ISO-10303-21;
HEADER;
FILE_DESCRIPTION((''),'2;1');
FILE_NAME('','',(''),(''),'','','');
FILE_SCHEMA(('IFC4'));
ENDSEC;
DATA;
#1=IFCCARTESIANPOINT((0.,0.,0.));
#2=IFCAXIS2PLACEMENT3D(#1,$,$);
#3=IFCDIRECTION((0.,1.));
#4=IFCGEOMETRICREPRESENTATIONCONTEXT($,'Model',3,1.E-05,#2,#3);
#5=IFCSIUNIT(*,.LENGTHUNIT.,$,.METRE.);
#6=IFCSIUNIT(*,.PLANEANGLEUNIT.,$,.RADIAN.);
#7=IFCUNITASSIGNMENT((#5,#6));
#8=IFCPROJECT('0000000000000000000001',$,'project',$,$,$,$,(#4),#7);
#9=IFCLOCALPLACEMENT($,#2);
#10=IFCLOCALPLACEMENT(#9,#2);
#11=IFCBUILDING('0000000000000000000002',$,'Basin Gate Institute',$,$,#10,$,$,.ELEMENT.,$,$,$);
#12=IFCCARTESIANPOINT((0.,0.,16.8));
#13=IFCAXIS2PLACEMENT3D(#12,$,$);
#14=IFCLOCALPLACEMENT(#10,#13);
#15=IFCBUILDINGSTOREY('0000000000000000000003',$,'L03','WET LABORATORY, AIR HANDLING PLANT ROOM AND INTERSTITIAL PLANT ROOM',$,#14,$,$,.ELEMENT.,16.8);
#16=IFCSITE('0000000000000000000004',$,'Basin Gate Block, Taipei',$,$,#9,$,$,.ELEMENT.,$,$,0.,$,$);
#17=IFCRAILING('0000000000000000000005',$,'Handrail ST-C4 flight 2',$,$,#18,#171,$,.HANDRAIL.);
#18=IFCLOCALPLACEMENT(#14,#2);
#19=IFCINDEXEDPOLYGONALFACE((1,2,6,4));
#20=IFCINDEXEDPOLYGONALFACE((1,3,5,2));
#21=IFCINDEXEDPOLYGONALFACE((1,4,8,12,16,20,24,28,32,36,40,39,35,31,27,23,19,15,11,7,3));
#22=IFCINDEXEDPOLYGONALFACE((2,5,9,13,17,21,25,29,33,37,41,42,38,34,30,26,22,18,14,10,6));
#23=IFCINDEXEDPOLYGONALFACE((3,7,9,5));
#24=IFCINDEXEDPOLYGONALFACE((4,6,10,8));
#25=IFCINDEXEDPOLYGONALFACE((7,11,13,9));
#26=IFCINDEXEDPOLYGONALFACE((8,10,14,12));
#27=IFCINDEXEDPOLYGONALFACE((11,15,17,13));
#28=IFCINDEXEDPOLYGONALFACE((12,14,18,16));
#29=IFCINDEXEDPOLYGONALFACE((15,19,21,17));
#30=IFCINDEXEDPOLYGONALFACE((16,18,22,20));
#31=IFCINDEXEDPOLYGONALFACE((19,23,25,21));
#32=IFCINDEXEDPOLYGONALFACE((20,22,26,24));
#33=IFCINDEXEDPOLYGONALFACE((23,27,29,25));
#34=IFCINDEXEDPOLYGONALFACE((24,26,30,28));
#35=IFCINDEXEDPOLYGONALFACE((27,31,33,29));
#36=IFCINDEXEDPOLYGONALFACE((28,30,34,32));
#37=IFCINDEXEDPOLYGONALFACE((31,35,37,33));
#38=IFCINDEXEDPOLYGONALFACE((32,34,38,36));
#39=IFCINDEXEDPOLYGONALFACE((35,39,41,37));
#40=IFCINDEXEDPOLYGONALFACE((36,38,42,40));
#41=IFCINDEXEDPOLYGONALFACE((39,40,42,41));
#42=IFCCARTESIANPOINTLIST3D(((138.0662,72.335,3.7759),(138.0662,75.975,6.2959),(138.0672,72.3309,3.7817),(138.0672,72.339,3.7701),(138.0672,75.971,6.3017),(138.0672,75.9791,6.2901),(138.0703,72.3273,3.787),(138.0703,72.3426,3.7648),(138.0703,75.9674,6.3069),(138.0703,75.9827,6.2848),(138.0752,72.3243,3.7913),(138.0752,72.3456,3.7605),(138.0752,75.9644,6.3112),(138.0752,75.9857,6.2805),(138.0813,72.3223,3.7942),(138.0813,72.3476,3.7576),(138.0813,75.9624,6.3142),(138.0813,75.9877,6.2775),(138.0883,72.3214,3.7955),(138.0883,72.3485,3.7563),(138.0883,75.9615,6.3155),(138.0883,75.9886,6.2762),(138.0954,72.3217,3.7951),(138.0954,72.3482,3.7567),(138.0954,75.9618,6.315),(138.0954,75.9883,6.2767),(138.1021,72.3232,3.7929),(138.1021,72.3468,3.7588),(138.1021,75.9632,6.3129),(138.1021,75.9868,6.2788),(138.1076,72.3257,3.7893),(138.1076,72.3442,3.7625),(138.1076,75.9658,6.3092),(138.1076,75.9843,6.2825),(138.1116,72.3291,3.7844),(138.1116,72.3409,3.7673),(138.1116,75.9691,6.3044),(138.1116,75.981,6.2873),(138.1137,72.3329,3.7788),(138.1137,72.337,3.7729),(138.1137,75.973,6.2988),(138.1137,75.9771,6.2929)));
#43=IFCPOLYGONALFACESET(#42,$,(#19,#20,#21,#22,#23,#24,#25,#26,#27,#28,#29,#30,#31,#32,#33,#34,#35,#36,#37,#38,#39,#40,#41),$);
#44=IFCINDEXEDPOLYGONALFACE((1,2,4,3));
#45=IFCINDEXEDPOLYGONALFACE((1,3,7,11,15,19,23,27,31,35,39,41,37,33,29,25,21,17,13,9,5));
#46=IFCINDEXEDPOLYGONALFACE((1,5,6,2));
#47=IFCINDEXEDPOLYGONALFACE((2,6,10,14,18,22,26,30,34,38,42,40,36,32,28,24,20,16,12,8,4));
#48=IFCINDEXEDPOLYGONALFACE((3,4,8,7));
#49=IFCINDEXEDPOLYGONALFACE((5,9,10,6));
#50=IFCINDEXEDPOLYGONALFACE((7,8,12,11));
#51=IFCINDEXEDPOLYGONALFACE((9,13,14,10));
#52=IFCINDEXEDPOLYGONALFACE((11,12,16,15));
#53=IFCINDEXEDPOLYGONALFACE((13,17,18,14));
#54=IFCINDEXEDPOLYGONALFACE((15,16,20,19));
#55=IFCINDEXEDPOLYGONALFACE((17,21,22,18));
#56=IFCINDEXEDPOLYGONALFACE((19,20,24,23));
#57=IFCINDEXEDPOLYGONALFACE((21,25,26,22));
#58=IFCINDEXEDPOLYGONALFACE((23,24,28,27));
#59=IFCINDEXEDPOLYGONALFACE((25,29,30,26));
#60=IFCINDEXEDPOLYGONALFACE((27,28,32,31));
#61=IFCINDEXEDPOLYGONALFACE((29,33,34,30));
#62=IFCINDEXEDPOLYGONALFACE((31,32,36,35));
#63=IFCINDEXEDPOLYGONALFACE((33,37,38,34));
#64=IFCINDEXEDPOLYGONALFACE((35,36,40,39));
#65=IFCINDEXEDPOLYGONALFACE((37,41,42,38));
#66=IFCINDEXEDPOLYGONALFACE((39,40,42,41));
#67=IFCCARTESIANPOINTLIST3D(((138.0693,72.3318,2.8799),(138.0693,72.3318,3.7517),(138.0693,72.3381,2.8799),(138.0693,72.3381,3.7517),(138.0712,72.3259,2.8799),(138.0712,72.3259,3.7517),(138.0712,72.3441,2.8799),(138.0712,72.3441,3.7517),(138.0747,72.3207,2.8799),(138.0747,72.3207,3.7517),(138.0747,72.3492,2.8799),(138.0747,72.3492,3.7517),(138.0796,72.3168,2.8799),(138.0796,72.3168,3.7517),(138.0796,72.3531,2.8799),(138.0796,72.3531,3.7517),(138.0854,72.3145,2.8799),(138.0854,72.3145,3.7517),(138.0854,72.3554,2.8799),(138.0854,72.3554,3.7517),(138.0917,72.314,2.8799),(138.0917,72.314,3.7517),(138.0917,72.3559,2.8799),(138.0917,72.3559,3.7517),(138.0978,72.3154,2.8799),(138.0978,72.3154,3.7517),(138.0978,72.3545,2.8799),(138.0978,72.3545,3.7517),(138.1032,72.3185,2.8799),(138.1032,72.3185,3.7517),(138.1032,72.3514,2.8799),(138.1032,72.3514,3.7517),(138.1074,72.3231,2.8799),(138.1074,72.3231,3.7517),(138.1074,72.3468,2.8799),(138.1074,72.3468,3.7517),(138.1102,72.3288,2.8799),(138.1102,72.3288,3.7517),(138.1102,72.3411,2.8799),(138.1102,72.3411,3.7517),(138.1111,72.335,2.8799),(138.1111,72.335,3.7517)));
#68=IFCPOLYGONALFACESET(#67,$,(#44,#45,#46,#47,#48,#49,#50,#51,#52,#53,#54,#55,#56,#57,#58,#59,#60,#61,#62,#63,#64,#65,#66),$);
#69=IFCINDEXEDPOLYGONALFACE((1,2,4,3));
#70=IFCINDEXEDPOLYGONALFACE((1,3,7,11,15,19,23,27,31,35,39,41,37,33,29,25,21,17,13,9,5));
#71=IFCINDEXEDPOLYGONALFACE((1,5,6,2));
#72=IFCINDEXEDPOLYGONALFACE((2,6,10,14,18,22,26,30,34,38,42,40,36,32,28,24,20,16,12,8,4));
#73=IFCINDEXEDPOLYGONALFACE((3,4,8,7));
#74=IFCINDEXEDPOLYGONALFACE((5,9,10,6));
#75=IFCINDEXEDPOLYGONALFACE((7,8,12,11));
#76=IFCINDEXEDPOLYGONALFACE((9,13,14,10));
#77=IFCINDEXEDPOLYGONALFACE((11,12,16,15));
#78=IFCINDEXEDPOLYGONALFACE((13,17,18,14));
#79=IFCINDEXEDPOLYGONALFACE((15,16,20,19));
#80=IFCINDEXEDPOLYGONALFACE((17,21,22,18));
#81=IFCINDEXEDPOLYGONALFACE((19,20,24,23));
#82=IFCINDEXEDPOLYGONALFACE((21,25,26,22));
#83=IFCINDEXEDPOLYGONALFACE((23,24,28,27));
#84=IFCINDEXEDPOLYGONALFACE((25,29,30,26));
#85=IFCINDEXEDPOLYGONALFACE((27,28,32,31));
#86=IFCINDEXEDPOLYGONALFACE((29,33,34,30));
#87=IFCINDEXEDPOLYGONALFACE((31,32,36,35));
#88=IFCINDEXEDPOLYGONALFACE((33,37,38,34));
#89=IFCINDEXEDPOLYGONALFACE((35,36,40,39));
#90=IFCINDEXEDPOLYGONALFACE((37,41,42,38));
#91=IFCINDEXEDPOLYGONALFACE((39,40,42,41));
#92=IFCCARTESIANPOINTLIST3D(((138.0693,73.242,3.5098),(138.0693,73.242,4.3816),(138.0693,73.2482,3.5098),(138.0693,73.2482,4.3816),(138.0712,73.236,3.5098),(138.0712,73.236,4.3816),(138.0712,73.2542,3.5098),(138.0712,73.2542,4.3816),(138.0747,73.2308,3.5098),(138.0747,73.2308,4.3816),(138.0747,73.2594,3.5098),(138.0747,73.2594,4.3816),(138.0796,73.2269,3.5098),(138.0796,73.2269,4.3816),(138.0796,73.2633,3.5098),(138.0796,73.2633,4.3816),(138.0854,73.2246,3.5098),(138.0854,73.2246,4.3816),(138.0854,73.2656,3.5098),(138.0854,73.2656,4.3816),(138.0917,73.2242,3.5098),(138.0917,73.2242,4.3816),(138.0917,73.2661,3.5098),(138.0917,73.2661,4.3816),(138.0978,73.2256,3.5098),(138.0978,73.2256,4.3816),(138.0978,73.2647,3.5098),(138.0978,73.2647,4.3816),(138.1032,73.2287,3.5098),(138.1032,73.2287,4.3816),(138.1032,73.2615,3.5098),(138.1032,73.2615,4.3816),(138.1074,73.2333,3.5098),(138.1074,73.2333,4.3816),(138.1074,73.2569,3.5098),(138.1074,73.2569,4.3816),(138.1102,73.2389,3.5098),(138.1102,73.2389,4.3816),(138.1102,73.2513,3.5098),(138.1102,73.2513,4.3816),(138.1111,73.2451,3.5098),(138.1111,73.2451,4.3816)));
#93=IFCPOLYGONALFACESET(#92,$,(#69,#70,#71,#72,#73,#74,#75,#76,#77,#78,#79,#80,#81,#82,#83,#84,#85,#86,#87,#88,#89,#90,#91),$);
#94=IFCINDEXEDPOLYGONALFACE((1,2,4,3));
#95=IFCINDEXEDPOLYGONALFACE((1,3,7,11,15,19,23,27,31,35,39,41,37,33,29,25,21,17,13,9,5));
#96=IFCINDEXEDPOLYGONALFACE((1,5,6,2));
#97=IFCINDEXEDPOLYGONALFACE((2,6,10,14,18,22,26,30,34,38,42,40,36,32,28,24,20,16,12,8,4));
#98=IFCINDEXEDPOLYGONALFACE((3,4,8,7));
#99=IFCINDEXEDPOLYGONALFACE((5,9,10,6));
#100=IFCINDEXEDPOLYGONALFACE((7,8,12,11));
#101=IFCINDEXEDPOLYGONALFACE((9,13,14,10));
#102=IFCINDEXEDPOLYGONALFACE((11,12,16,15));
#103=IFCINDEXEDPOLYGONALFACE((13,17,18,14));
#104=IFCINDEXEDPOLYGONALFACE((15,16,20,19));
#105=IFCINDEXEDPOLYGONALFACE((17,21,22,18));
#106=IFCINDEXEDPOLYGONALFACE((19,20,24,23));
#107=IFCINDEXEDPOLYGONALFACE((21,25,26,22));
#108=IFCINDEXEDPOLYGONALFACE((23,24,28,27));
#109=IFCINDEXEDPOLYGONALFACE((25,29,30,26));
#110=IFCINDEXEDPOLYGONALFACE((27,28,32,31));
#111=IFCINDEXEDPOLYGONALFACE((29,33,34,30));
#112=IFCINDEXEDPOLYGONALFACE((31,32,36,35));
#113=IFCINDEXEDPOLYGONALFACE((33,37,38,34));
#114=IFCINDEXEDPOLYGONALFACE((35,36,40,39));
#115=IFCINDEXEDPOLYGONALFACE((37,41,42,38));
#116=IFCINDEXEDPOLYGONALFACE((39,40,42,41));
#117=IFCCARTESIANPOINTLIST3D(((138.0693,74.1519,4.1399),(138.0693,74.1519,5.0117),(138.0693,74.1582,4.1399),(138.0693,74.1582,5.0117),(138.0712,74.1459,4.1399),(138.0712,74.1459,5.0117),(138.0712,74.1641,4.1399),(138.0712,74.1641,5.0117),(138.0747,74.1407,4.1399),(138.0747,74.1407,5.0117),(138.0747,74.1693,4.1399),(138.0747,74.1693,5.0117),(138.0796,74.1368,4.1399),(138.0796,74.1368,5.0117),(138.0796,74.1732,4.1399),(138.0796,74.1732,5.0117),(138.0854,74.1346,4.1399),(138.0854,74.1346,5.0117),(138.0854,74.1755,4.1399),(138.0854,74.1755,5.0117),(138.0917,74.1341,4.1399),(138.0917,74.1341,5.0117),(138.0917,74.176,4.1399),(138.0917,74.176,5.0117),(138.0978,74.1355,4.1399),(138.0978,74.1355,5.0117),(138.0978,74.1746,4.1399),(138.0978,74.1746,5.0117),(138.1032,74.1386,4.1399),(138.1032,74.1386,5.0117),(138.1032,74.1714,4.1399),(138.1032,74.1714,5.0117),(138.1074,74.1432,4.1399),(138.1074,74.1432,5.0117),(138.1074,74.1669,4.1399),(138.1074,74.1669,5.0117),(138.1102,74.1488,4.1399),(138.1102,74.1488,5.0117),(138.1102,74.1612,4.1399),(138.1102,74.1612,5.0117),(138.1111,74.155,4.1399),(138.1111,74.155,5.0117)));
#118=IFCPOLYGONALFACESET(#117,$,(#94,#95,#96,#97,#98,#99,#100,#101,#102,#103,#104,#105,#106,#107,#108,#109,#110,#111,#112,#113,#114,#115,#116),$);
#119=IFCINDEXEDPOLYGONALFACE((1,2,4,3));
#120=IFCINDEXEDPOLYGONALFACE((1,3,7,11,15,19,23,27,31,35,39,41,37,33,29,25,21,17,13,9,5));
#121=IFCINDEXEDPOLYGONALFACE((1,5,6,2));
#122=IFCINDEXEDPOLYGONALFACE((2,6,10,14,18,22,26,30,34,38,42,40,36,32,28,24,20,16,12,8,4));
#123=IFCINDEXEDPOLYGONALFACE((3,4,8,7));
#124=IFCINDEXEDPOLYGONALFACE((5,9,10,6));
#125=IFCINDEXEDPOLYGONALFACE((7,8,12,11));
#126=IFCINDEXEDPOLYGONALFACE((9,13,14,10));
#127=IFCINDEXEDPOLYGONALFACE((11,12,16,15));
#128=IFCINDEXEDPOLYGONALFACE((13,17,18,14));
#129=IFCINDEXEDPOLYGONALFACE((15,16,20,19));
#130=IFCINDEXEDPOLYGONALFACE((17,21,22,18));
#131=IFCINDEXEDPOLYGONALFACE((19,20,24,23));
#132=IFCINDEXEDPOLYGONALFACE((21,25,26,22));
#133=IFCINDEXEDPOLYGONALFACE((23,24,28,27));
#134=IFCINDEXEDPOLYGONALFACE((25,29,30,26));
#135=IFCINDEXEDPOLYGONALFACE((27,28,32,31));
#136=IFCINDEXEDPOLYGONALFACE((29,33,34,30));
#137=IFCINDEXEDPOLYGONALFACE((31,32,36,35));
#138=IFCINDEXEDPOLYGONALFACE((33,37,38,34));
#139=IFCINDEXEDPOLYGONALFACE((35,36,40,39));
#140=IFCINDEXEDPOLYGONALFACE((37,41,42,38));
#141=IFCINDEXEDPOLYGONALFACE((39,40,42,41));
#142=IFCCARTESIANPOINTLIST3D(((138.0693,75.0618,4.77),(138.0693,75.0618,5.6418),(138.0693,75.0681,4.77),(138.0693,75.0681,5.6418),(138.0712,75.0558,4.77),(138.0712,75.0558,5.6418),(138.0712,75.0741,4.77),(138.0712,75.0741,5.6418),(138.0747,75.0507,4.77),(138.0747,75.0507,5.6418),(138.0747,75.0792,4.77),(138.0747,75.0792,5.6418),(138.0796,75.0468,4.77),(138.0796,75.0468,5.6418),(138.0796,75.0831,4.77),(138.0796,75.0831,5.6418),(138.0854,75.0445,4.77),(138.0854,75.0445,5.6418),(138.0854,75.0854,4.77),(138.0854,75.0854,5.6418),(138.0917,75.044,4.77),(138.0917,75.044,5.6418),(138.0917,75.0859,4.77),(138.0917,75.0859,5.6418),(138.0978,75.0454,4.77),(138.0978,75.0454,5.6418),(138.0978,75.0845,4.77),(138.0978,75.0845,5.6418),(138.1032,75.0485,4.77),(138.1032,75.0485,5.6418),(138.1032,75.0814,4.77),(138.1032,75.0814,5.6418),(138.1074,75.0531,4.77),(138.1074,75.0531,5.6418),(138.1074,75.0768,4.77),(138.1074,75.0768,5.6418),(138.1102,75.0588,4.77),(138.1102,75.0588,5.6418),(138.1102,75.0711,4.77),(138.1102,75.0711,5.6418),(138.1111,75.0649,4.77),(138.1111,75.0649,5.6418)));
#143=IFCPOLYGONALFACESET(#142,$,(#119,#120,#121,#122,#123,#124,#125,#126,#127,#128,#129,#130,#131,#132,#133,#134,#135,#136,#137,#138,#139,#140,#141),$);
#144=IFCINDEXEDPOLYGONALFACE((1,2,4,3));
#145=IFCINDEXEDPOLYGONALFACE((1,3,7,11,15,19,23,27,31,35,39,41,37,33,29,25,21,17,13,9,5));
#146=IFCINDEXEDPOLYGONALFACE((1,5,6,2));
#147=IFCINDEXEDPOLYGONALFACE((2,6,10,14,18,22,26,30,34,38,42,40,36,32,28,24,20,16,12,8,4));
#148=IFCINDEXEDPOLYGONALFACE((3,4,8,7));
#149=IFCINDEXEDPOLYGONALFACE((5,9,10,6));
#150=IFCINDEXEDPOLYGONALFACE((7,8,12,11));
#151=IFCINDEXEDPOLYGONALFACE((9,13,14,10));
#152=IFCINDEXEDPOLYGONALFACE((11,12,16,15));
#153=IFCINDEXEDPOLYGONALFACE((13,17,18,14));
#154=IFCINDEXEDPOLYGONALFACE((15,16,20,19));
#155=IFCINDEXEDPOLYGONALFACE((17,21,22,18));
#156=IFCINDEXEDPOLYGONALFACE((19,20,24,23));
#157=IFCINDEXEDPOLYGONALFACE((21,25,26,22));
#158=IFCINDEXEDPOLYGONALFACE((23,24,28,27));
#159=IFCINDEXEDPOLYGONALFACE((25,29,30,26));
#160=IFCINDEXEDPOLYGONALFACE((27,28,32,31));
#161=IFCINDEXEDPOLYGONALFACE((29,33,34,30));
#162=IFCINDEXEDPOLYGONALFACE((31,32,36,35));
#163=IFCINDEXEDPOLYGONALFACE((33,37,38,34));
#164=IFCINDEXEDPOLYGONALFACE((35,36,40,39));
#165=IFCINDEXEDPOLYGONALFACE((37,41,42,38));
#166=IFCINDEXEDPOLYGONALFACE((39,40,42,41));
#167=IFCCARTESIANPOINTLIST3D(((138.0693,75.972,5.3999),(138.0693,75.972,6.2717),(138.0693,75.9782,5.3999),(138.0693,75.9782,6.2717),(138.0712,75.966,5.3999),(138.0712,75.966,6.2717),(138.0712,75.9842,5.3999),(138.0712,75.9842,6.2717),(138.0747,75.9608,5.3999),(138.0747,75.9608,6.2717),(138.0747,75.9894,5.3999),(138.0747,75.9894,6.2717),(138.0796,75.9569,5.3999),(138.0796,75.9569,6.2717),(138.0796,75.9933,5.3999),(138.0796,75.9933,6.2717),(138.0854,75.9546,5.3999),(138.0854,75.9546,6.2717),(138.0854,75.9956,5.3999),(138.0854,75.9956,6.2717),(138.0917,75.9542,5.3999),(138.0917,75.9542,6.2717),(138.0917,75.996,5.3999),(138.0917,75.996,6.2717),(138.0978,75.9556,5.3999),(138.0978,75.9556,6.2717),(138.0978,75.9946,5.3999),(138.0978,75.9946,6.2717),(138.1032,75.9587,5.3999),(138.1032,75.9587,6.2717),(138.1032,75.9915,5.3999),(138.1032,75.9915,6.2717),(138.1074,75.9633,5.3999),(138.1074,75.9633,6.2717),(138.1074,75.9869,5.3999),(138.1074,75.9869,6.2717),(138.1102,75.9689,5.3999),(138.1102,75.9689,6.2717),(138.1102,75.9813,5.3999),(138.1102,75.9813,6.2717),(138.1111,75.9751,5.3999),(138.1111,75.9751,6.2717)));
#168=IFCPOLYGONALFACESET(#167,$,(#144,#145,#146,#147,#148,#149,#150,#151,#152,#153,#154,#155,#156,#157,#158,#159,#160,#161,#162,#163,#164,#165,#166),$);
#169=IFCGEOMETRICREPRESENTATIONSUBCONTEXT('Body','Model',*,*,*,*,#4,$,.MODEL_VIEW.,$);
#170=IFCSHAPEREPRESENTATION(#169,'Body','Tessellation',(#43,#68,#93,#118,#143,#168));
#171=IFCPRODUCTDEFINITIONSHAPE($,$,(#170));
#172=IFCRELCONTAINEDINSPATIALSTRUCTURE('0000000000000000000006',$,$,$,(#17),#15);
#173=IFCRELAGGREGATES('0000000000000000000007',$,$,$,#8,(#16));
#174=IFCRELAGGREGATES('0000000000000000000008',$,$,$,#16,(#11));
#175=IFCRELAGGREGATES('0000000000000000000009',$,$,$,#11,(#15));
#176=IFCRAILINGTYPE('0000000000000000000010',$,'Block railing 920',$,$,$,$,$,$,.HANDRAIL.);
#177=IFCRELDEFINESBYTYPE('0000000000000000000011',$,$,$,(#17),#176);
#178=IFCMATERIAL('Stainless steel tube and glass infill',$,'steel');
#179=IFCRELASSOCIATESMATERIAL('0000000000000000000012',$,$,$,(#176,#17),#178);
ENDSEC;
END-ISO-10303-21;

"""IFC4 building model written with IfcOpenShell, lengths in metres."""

from ifc_helpers import new_model, si_unit, direction, frame, origin, origin_2d, place, context, subcontext, project, spatial, circle, extrude, material, type_object, element, save


model = new_model("IFC4")

# Units and contexts
model_context = context("Model", 3, precision=1e-05, world=origin(), true_north=direction((0.0, 1.0)))
body_context = subcontext(model_context, "Body", "Model", "MODEL_VIEW")
ifc_project = project(units=[si_unit("LENGTHUNIT", "METRE"), si_unit("PLANEANGLEUNIT", "RADIAN")], contexts=[model_context])

# Site, building, storey
site_placement = place(None, origin())
site = spatial("IfcSite", under=ifc_project, at=site_placement, Name="Basin Gate Block, Taipei", CompositionType="ELEMENT", RefElevation=0.0)
building_placement = place(site_placement, origin())
building = spatial("IfcBuilding", under=site, at=building_placement, Name="Basin Gate Institute", CompositionType="ELEMENT")
storey_placement = place(building_placement, frame((0.0, 0.0, 16.8)))
storey = spatial("IfcBuildingStorey", under=building, at=storey_placement, Name="L03", Description="WET LABORATORY, AIR HANDLING PLANT ROOM AND INTERSTITIAL PLANT ROOM", CompositionType="ELEMENT", Elevation=16.8)

# Railing
ifc_material_1 = material(Name="Stainless steel tube and glass infill", Category="steel")
railing_type = type_object("IfcRailingType", Name="Block railing 920", PredefinedType="HANDRAIL", material=ifc_material_1)
for number, where, name in (
    (1, (138.0901, 72.335, 2.8799), "Handrail ST-C4 flight 2"),
):
    element("IfcRailing", number, at=place(storey_placement, frame(where)), inside=storey, type_object=railing_type, material=ifc_material_1, Name=name, PredefinedType="HANDRAIL", context=body_context, shape_type="SweptSolid", body=[
        extrude(circle(Radius=0.0239, at=origin_2d()), frame((0.0, 0.0, 0.896), z_axis=(0.0, 0.8222, 0.569199), x_axis=(-1.0, 0.0, 0.0)), (0.0, 0.0, 1.0), 4.4272),
        extrude(circle(Radius=0.021, at=origin_2d()), origin(), (0.0, 0.0, 1.0), 0.8718),
        extrude(circle(Radius=0.021, at=origin_2d()), frame((0.0, 0.9102, 0.6299)), (0.0, 0.0, 1.0), 0.8718),
        extrude(circle(Radius=0.021, at=origin_2d()), frame((0.0, 1.8201, 1.26)), (0.0, 0.0, 1.0), 0.8718),
        extrude(circle(Radius=0.021, at=origin_2d()), frame((0.0, 2.73, 1.8901)), (0.0, 0.0, 1.0), 0.8718),
        extrude(circle(Radius=0.021, at=origin_2d()), frame((0.0, 3.6401, 2.52)), (0.0, 0.0, 1.0), 0.8718),
    ])

save(model, "model.ifc")
